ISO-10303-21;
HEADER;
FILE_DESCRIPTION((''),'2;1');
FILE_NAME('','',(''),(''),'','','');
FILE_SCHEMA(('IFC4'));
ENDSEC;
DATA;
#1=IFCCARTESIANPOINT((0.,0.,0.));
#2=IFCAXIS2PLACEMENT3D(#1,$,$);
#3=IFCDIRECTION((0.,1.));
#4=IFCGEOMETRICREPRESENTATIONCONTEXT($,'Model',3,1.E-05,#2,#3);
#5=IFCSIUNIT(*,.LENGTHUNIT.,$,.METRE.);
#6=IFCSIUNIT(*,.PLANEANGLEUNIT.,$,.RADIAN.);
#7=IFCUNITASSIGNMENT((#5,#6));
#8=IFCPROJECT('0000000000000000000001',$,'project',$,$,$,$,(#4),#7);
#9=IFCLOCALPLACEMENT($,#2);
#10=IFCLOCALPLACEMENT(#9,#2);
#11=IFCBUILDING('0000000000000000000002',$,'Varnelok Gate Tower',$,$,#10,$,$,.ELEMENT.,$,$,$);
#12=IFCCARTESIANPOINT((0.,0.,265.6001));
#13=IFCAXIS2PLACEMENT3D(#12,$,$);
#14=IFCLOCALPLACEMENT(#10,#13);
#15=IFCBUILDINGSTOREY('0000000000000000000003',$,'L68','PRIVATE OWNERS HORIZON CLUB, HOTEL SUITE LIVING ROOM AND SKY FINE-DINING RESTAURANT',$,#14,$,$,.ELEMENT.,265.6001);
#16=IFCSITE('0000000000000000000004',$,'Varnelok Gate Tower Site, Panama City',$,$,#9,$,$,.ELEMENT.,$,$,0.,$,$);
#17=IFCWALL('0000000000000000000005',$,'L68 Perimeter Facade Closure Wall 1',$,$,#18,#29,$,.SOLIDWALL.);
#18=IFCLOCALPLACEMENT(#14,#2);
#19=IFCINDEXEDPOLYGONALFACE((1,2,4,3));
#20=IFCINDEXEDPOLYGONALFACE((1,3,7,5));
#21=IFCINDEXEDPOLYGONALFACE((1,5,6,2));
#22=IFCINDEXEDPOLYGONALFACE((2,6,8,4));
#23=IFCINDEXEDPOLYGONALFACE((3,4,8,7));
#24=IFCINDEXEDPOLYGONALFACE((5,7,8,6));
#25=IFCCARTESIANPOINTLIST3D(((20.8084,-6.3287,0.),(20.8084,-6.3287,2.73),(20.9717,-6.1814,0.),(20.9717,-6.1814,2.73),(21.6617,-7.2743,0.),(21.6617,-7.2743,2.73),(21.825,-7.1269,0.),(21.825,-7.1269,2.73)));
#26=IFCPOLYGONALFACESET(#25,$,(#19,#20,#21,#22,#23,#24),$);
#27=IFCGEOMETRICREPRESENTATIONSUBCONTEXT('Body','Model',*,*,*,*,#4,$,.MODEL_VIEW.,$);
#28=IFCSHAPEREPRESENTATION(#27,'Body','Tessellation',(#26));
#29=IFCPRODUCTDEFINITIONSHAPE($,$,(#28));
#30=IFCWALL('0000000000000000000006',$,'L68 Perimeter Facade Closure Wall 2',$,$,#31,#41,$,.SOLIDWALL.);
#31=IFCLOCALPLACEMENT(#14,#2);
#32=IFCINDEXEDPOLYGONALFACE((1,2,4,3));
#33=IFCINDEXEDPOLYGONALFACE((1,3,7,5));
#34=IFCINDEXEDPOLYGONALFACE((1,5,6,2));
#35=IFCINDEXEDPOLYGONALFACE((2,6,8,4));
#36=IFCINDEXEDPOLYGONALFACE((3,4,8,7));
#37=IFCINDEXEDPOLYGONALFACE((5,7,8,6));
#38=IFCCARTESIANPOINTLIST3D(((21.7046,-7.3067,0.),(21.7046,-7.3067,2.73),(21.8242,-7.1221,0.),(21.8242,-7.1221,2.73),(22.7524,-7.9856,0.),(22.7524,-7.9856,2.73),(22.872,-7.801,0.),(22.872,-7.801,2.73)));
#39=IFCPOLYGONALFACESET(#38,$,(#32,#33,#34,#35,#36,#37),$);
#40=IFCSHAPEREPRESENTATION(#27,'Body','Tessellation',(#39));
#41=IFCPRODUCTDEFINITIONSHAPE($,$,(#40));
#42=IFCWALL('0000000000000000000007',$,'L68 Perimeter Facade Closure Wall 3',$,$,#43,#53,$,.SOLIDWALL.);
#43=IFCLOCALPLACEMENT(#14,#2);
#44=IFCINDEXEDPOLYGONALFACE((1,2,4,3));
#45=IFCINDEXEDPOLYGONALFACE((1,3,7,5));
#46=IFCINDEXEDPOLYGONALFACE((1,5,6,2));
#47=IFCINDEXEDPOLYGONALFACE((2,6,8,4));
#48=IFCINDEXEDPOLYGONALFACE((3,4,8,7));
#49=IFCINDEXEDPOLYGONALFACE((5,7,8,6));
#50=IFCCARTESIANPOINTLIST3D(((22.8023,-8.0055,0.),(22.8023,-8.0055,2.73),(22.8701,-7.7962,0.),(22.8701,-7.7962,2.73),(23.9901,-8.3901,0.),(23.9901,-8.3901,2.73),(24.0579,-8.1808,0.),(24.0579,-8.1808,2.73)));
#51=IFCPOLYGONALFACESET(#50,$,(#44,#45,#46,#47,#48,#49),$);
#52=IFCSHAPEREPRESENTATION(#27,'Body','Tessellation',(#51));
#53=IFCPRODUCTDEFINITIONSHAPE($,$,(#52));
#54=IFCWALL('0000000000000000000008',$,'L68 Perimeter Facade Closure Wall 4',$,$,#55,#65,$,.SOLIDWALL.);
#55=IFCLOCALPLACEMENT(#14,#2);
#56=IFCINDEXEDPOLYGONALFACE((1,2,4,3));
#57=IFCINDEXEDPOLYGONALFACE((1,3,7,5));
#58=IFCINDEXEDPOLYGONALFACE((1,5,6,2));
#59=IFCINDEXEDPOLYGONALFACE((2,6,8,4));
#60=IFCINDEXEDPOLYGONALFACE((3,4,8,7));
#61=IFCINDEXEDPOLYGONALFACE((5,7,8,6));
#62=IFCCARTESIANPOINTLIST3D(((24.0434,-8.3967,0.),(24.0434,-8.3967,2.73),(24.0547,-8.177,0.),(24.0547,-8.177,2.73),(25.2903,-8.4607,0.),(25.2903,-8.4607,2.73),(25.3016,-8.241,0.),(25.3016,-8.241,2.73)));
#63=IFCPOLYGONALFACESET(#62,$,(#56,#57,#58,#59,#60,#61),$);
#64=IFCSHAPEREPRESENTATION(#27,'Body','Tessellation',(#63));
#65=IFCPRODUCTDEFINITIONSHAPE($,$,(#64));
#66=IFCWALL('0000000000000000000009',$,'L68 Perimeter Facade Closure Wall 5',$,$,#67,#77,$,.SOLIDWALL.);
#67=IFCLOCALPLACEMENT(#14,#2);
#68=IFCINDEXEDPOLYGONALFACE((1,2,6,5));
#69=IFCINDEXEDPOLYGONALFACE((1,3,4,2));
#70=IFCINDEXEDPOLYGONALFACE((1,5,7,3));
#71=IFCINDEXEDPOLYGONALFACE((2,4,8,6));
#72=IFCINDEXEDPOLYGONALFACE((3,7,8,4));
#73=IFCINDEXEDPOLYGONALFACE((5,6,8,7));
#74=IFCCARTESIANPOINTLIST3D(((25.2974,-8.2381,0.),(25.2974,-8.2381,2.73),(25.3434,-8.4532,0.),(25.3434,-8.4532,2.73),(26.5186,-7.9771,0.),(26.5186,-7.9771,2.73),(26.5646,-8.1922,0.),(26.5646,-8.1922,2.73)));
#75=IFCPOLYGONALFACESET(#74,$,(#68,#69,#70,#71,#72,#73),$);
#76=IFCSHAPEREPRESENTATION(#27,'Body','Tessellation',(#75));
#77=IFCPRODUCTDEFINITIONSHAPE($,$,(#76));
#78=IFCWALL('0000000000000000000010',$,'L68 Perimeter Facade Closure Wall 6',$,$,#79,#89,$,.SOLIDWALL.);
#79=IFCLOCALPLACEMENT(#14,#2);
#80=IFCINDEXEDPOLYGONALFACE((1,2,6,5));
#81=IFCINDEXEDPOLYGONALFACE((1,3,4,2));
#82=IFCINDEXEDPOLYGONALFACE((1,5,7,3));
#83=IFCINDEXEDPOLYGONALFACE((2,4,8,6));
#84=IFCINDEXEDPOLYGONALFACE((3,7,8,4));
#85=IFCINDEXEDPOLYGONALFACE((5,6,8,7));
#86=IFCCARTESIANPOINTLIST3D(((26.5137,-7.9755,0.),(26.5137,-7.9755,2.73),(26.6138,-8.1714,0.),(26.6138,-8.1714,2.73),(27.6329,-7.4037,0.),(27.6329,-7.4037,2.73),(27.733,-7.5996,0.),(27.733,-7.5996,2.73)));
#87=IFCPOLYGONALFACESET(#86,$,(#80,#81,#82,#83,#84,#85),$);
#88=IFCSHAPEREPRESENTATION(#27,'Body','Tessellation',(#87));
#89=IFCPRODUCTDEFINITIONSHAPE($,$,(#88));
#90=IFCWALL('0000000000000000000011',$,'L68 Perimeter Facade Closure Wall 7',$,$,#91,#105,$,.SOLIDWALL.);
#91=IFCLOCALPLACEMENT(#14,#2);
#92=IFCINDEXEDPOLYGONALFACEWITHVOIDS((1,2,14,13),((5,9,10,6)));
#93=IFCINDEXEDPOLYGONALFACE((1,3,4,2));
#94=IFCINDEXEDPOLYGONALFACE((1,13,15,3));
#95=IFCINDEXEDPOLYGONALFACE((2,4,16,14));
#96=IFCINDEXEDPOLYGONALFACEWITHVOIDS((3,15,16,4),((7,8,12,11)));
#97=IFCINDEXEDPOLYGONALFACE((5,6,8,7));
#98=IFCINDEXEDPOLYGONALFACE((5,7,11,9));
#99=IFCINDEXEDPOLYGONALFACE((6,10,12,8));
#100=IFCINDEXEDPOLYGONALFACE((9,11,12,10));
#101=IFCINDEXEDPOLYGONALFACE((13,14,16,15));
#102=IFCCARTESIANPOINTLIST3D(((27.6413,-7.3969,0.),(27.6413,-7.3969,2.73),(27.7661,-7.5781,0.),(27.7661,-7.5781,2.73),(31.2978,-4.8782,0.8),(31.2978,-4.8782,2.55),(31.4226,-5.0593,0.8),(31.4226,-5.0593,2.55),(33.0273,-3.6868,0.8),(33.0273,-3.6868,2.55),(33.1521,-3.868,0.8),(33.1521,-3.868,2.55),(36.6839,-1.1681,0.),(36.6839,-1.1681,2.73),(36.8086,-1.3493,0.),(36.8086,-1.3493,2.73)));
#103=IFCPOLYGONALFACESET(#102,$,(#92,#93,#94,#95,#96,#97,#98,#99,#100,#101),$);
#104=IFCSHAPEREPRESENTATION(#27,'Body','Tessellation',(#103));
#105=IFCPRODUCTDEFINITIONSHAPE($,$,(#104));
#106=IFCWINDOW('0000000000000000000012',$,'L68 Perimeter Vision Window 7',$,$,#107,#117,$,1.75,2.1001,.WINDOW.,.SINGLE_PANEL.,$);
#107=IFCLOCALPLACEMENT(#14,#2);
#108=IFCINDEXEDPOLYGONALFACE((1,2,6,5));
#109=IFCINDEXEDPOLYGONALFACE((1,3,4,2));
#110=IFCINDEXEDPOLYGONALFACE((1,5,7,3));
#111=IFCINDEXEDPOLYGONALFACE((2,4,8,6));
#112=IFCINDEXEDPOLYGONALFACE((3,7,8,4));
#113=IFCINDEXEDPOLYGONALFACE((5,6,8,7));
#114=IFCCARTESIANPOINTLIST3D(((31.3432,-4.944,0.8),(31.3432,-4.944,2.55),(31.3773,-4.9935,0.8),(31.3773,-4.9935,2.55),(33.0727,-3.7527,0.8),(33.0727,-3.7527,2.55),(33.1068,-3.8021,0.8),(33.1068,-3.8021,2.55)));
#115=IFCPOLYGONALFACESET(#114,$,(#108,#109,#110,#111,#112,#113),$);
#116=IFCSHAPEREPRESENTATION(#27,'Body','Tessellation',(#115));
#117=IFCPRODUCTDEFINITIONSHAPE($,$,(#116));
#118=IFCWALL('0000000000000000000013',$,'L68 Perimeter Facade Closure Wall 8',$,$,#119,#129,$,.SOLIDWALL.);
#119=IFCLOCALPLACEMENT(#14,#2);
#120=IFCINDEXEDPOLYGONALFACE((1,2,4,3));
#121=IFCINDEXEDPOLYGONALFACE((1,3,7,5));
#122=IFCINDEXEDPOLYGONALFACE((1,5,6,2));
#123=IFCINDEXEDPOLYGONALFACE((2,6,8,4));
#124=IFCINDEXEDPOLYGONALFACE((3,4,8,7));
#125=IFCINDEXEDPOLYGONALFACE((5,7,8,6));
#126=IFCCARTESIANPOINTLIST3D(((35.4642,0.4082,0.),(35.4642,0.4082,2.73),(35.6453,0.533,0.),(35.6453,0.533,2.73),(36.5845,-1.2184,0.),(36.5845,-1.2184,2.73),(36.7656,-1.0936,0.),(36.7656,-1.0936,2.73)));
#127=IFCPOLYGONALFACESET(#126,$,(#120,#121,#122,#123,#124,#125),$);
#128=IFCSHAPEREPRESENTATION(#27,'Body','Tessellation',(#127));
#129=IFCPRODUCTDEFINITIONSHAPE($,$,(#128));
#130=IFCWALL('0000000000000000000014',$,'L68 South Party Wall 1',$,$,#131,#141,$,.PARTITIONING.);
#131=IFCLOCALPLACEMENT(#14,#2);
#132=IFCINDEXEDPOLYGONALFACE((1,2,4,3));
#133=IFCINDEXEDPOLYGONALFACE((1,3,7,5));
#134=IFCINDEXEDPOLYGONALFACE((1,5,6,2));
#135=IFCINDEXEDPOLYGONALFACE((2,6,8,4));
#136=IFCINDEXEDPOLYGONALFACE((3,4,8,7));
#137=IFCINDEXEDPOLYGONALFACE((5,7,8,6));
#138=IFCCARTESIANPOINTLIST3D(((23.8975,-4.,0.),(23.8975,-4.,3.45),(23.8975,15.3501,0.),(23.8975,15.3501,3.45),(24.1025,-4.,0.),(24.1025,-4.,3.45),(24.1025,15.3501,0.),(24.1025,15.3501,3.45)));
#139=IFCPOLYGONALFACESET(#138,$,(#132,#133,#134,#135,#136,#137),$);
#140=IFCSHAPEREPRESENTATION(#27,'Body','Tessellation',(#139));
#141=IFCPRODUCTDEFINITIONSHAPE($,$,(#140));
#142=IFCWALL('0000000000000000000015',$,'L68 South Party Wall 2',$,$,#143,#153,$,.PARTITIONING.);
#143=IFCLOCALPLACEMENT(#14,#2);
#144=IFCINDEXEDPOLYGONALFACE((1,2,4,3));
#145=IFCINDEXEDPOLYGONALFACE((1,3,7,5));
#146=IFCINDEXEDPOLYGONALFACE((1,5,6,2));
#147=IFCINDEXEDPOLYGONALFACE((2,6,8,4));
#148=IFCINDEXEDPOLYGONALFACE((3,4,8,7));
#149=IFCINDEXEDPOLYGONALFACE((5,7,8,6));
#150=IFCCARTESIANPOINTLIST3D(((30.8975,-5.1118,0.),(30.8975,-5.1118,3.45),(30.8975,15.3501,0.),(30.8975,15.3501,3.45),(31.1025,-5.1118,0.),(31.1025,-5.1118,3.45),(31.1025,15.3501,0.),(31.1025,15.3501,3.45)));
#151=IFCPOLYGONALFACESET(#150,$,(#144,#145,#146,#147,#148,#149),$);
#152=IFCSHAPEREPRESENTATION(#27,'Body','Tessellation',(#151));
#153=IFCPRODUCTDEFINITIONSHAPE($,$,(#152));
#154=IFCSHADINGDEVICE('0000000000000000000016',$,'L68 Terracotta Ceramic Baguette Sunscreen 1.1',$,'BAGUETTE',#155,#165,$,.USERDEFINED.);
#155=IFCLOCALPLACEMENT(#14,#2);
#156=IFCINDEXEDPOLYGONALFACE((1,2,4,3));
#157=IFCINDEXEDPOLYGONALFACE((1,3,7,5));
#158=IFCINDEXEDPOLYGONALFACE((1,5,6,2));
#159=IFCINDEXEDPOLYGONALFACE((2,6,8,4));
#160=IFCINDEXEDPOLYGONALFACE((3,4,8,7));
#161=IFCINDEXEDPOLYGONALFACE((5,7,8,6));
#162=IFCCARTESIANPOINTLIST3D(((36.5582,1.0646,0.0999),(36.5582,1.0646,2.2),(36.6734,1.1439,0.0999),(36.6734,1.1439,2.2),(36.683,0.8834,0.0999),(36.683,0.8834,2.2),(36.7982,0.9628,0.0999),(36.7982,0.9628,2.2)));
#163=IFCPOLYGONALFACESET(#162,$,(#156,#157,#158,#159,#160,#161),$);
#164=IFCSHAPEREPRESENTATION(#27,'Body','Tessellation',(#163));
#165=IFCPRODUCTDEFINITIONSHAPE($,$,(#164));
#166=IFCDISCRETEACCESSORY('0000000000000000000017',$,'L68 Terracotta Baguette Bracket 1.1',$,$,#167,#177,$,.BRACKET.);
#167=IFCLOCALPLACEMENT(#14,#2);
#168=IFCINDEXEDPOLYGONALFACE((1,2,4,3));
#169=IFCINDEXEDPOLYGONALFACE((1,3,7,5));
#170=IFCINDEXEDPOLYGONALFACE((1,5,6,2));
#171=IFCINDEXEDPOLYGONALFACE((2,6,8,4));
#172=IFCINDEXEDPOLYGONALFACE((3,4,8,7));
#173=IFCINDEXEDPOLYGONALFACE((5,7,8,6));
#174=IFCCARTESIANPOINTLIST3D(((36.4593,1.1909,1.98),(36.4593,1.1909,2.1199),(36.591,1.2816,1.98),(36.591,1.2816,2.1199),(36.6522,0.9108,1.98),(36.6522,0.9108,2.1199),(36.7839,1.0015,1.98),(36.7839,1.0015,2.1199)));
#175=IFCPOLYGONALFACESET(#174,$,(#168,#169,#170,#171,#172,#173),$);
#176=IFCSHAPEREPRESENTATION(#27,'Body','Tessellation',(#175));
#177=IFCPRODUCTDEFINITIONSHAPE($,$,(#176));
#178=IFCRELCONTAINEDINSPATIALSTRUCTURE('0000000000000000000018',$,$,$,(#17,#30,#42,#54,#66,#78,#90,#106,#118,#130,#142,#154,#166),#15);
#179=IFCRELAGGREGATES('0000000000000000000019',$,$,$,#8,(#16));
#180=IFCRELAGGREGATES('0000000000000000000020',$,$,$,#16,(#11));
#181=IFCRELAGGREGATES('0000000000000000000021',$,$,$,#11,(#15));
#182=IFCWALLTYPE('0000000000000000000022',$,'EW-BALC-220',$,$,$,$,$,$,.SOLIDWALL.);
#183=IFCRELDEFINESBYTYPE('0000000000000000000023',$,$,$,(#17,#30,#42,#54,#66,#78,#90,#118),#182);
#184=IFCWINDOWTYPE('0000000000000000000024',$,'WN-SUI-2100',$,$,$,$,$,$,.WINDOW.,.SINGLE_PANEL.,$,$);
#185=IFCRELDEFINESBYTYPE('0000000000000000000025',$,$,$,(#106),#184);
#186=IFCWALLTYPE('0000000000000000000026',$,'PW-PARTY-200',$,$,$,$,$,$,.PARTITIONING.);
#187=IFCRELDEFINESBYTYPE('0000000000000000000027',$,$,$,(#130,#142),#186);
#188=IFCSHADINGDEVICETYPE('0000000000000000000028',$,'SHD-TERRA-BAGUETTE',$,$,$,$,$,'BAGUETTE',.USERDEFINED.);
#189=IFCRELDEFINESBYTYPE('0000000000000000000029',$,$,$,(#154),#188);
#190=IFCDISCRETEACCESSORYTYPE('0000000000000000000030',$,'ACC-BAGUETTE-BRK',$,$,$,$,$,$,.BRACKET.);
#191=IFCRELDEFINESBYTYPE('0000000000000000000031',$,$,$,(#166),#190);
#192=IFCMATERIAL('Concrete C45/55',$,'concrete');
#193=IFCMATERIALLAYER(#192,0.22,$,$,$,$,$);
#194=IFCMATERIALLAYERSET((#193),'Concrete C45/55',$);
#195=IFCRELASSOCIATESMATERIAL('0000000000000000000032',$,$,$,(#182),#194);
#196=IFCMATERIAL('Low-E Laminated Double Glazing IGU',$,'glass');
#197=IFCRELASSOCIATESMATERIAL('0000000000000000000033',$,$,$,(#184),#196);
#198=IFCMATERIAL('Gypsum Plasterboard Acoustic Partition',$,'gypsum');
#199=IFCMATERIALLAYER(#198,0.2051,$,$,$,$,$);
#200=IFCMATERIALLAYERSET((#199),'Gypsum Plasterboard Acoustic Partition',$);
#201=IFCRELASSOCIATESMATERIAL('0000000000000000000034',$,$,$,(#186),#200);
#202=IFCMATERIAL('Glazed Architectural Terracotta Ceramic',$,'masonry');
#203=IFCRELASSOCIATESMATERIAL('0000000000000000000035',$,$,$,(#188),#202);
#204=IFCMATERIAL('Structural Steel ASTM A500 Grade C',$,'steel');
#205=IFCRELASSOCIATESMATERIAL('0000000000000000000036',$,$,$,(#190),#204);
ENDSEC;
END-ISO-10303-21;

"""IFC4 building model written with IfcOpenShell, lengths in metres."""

from ifc_helpers import new_model, si_unit, direction, frame, frame_2d, origin, origin_2d, place, context, subcontext, project, spatial, rectangle, extrude, source, transform, mapped, material, layer, layer_set, type_object, element, fill, save


model = new_model("IFC4")

# Units and contexts
model_context = context("Model", 3, precision=1e-05, world=origin(), true_north=direction((0.0, 1.0)))
body_context = subcontext(model_context, "Body", "Model", "MODEL_VIEW")
ifc_project = project(units=[si_unit("LENGTHUNIT", "METRE"), si_unit("PLANEANGLEUNIT", "RADIAN")], contexts=[model_context])

# Site, building, storey
site_placement = place(None, origin())
site = spatial("IfcSite", under=ifc_project, at=site_placement, Name="Varnelok Gate Tower Site, Panama City", CompositionType="ELEMENT", RefElevation=0.0)
building_placement = place(site_placement, origin())
building = spatial("IfcBuilding", under=site, at=building_placement, Name="Varnelok Gate Tower", CompositionType="ELEMENT")
storey_placement = place(building_placement, frame((0.0, 0.0, 265.6001)))
storey = spatial("IfcBuildingStorey", under=building, at=storey_placement, Name="L68", Description="PRIVATE OWNERS HORIZON CLUB, HOTEL SUITE LIVING ROOM AND SKY FINE-DINING RESTAURANT", CompositionType="ELEMENT", Elevation=265.6001)

# Shared definitions
ifc_material_1 = material(Name="Low-E Laminated Double Glazing IGU", Category="glass")

# Walls
ifc_material_2 = material(Name="Concrete C45/55", Category="concrete")
ifc_layer_1 = layer(ifc_material_2, 0.22)
ifc_layer_set_1 = layer_set([ifc_layer_1], Name="Concrete C45/55")
wall_type_1 = type_object("IfcWallType", Name="EW-BALC-220", PredefinedType="SOLIDWALL", material=ifc_layer_set_1)
wall_1_placement = place(storey_placement, frame((20.8901, -6.2551, 0.0), z_axis=(0.0, 0.0, 1.0), x_axis=(0.669949, -0.742407, 0.0)))
element("IfcWall", 1, at=wall_1_placement, inside=storey, type_object=wall_type_1, Name="L68 Perimeter Facade Closure Wall 1", PredefinedType="SOLIDWALL", context=body_context, shape_type="SweptSolid", body=[
    extrude(rectangle(XDim=1.2737, YDim=0.22, at=frame_2d((0.6367, 0.0))), origin(), (0.0, 0.0, 1.0), 2.73),
])
for number, where, z_axis, x_axis, name in (
    (2, (21.7644, -7.2144, 0.0), (0.0, 0.0, 1.0), (0.839229, -0.543778, 0.0), "L68 Perimeter Facade Closure Wall 2"),
    (3, (22.8362, -7.9009, 0.0), (0.0, 0.0, 1.0), (0.951386, -0.308003, 0.0), "L68 Perimeter Facade Closure Wall 3"),
    (4, (24.0491, -8.2869, 0.0), (0.0, 0.0, 1.0), (0.998687, -0.051235, 0.0), "L68 Perimeter Facade Closure Wall 4"),
):
    element("IfcWall", number, at=place(storey_placement, frame(where, z_axis=z_axis, x_axis=x_axis)), inside=storey, type_object=wall_type_1, Name=name, PredefinedType="SOLIDWALL", context=body_context, shape_type="SweptSolid", body=[
        extrude(rectangle(XDim=1.2485, YDim=0.22, at=frame_2d((0.6243, 0.0))), origin(), (0.0, 0.0, 1.0), 2.73),
    ])
wall_2_placement = place(storey_placement, frame((25.3203, -8.3457, 0.0), z_axis=(0.0, 0.0, 1.0), x_axis=(0.977917, 0.208995, 0.0)))
element("IfcWall", 5, at=wall_2_placement, inside=storey, type_object=wall_type_1, Name="L68 Perimeter Facade Closure Wall 5", PredefinedType="SOLIDWALL", context=body_context, shape_type="SweptSolid", body=[
    extrude(rectangle(XDim=1.2488, YDim=0.22, at=frame_2d((0.6245, 0.0))), origin(), (0.0, 0.0, 1.0), 2.73),
])
wall_3_placement = place(storey_placement, frame((26.5637, -8.0735, 0.0), z_axis=(0.0, 0.0, 1.0), x_axis=(0.890508, 0.454967, 0.0)))
element("IfcWall", 6, at=wall_3_placement, inside=storey, type_object=wall_type_1, Name="L68 Perimeter Facade Closure Wall 6", PredefinedType="SOLIDWALL", context=body_context, shape_type="SweptSolid", body=[
    extrude(rectangle(XDim=1.2568, YDim=0.22, at=frame_2d((0.6284, 0.0))), origin(), (0.0, 0.0, 1.0), 2.73),
])

# Wall, opening, window
wall_4_placement = place(storey_placement, frame((27.7036, -7.4875, 0.0), z_axis=(0.0, 0.0, 1.0), x_axis=(0.823529, 0.567274, 0.0)))
wall_4 = element("IfcWall", 7, at=wall_4_placement, inside=storey, type_object=wall_type_1, Name="L68 Perimeter Facade Closure Wall 7", PredefinedType="SOLIDWALL", context=body_context, shape_type="SweptSolid", body=[
    extrude(rectangle(XDim=10.9802, YDim=0.22, at=frame_2d((5.4902, 0.0))), origin(), (0.0, 0.0, 1.0), 2.73),
])
opening_placement = place(wall_4_placement, frame((4.4402, 0.0, 0.8)))
opening = element("IfcOpeningElement", 8, at=opening_placement, cuts=wall_4, PredefinedType="OPENING", context=body_context, shape_type="SweptSolid", body=[
    extrude(rectangle(XDim=2.1001, YDim=1.75, at=frame_2d((1.05, 0.875))), frame((0.0, 0.1199, 0.0), z_axis=(0.0, -1.0, 0.0), x_axis=(1.0, 0.0, 0.0)), (0.0, 0.0, 1.0), 0.24),
])
window_type = type_object("IfcWindowType", Name="WN-SUI-2100", PartitioningType="SINGLE_PANEL", PredefinedType="WINDOW", material=ifc_material_1)
window_placement = place(opening_placement, origin())
window = element("IfcWindow", 9, at=window_placement, inside=storey, type_object=window_type, Name="L68 Perimeter Vision Window 7", OverallHeight=1.75, OverallWidth=2.1001, PartitioningType="SINGLE_PANEL", PredefinedType="WINDOW", context=body_context, shape_type="SweptSolid", body=[
    extrude(rectangle(XDim=2.1001, YDim=1.75, at=frame_2d((1.05, 0.875))), frame((0.0, 0.03, 0.0), z_axis=(0.0, -1.0, 0.0), x_axis=(1.0, 0.0, 0.0)), (0.0, 0.0, 1.0), 0.0601),
])
fill(opening, window)

# Walls
wall_5_placement = place(storey_placement, frame((36.675, -1.156, 0.0), z_axis=(0.0, 0.0, 1.0), x_axis=(-0.567216, 0.823569, 0.0)))
element("IfcWall", 10, at=wall_5_placement, inside=storey, type_object=wall_type_1, Name="L68 Perimeter Facade Closure Wall 8", PredefinedType="SOLIDWALL", context=body_context, shape_type="SweptSolid", body=[
    extrude(rectangle(XDim=1.9751, YDim=0.22, at=frame_2d((0.9875, 0.0))), origin(), (0.0, 0.0, 1.0), 2.73),
])
ifc_material_3 = material(Name="Gypsum Plasterboard Acoustic Partition", Category="gypsum")
ifc_layer_2 = layer(ifc_material_3, 0.2051)
ifc_layer_set_2 = layer_set([ifc_layer_2], Name="Gypsum Plasterboard Acoustic Partition")
wall_type_2 = type_object("IfcWallType", Name="PW-PARTY-200", PredefinedType="PARTITIONING", material=ifc_layer_set_2)
wall_6_placement = place(storey_placement, frame((24.0, -4.0, 0.0), z_axis=(0.0, 0.0, 1.0), x_axis=(0.0, 1.0, 0.0)))
element("IfcWall", 11, at=wall_6_placement, inside=storey, type_object=wall_type_2, Name="L68 South Party Wall 1", PredefinedType="PARTITIONING", context=body_context, shape_type="SweptSolid", body=[
    extrude(rectangle(XDim=19.3501, YDim=0.2051, at=frame_2d((9.675, 0.0))), origin(), (0.0, 0.0, 1.0), 3.45),
])
wall_7_placement = place(storey_placement, frame((31.0, -5.1118, 0.0), z_axis=(0.0, 0.0, 1.0), x_axis=(0.0, 1.0, 0.0)))
element("IfcWall", 12, at=wall_7_placement, inside=storey, type_object=wall_type_2, Name="L68 South Party Wall 2", PredefinedType="PARTITIONING", context=body_context, shape_type="SweptSolid", body=[
    extrude(rectangle(XDim=20.4619, YDim=0.2051, at=frame_2d((10.231, 0.0))), origin(), (0.0, 0.0, 1.0), 3.45),
])

# Shading device
ifc_material_4 = material(Name="Glazed Architectural Terracotta Ceramic", Category="masonry")
shading_device_type = type_object("IfcShadingDeviceType", Name="SHD-TERRA-BAGUETTE", ElementType="BAGUETTE", PredefinedType="USERDEFINED", material=ifc_material_4)
shared_shape_1 = source(origin(), body_context, "Body", "SweptSolid", [
    extrude(rectangle(XDim=0.1399, YDim=0.22, at=origin_2d()), origin(), (0.0, 0.0, 1.0), 2.1001),
])
shading_device_placement = place(storey_placement, frame((36.6782, 1.0137, 0.0999), z_axis=(0.0, 0.0, 1.0), x_axis=(0.823533, 0.567269, 0.0)))
element("IfcShadingDevice", 13, at=shading_device_placement, inside=storey, type_object=shading_device_type, Name="L68 Terracotta Ceramic Baguette Sunscreen 1.1", ObjectType="BAGUETTE", PredefinedType="USERDEFINED", context=body_context, shape_type="MappedRepresentation", body=[
    mapped(shared_shape_1, transform((0.0, 0.0, 0.0), scale=1.0)),
])

# Discrete accessory
ifc_material_5 = material(Name="Structural Steel ASTM A500 Grade C", Category="steel")
discrete_accessory_type = type_object("IfcDiscreteAccessoryType", Name="ACC-BAGUETTE-BRK", PredefinedType="BRACKET", material=ifc_material_5)
shared_shape_2 = source(origin(), body_context, "Body", "SweptSolid", [
    extrude(rectangle(XDim=0.1599, YDim=0.3401, at=origin_2d()), origin(), (0.0, 0.0, 1.0), 0.1399),
])
discrete_accessory_placement = place(storey_placement, frame((36.6216, 1.0962, 1.98), z_axis=(0.0, 0.0, 1.0), x_axis=(0.823533, 0.567269, 0.0)))
element("IfcDiscreteAccessory", 14, at=discrete_accessory_placement, inside=storey, type_object=discrete_accessory_type, Name="L68 Terracotta Baguette Bracket 1.1", PredefinedType="BRACKET", context=body_context, shape_type="MappedRepresentation", body=[
    mapped(shared_shape_2, transform((0.0, 0.0, 0.0), scale=1.0)),
])

save(model, "model.ifc")
